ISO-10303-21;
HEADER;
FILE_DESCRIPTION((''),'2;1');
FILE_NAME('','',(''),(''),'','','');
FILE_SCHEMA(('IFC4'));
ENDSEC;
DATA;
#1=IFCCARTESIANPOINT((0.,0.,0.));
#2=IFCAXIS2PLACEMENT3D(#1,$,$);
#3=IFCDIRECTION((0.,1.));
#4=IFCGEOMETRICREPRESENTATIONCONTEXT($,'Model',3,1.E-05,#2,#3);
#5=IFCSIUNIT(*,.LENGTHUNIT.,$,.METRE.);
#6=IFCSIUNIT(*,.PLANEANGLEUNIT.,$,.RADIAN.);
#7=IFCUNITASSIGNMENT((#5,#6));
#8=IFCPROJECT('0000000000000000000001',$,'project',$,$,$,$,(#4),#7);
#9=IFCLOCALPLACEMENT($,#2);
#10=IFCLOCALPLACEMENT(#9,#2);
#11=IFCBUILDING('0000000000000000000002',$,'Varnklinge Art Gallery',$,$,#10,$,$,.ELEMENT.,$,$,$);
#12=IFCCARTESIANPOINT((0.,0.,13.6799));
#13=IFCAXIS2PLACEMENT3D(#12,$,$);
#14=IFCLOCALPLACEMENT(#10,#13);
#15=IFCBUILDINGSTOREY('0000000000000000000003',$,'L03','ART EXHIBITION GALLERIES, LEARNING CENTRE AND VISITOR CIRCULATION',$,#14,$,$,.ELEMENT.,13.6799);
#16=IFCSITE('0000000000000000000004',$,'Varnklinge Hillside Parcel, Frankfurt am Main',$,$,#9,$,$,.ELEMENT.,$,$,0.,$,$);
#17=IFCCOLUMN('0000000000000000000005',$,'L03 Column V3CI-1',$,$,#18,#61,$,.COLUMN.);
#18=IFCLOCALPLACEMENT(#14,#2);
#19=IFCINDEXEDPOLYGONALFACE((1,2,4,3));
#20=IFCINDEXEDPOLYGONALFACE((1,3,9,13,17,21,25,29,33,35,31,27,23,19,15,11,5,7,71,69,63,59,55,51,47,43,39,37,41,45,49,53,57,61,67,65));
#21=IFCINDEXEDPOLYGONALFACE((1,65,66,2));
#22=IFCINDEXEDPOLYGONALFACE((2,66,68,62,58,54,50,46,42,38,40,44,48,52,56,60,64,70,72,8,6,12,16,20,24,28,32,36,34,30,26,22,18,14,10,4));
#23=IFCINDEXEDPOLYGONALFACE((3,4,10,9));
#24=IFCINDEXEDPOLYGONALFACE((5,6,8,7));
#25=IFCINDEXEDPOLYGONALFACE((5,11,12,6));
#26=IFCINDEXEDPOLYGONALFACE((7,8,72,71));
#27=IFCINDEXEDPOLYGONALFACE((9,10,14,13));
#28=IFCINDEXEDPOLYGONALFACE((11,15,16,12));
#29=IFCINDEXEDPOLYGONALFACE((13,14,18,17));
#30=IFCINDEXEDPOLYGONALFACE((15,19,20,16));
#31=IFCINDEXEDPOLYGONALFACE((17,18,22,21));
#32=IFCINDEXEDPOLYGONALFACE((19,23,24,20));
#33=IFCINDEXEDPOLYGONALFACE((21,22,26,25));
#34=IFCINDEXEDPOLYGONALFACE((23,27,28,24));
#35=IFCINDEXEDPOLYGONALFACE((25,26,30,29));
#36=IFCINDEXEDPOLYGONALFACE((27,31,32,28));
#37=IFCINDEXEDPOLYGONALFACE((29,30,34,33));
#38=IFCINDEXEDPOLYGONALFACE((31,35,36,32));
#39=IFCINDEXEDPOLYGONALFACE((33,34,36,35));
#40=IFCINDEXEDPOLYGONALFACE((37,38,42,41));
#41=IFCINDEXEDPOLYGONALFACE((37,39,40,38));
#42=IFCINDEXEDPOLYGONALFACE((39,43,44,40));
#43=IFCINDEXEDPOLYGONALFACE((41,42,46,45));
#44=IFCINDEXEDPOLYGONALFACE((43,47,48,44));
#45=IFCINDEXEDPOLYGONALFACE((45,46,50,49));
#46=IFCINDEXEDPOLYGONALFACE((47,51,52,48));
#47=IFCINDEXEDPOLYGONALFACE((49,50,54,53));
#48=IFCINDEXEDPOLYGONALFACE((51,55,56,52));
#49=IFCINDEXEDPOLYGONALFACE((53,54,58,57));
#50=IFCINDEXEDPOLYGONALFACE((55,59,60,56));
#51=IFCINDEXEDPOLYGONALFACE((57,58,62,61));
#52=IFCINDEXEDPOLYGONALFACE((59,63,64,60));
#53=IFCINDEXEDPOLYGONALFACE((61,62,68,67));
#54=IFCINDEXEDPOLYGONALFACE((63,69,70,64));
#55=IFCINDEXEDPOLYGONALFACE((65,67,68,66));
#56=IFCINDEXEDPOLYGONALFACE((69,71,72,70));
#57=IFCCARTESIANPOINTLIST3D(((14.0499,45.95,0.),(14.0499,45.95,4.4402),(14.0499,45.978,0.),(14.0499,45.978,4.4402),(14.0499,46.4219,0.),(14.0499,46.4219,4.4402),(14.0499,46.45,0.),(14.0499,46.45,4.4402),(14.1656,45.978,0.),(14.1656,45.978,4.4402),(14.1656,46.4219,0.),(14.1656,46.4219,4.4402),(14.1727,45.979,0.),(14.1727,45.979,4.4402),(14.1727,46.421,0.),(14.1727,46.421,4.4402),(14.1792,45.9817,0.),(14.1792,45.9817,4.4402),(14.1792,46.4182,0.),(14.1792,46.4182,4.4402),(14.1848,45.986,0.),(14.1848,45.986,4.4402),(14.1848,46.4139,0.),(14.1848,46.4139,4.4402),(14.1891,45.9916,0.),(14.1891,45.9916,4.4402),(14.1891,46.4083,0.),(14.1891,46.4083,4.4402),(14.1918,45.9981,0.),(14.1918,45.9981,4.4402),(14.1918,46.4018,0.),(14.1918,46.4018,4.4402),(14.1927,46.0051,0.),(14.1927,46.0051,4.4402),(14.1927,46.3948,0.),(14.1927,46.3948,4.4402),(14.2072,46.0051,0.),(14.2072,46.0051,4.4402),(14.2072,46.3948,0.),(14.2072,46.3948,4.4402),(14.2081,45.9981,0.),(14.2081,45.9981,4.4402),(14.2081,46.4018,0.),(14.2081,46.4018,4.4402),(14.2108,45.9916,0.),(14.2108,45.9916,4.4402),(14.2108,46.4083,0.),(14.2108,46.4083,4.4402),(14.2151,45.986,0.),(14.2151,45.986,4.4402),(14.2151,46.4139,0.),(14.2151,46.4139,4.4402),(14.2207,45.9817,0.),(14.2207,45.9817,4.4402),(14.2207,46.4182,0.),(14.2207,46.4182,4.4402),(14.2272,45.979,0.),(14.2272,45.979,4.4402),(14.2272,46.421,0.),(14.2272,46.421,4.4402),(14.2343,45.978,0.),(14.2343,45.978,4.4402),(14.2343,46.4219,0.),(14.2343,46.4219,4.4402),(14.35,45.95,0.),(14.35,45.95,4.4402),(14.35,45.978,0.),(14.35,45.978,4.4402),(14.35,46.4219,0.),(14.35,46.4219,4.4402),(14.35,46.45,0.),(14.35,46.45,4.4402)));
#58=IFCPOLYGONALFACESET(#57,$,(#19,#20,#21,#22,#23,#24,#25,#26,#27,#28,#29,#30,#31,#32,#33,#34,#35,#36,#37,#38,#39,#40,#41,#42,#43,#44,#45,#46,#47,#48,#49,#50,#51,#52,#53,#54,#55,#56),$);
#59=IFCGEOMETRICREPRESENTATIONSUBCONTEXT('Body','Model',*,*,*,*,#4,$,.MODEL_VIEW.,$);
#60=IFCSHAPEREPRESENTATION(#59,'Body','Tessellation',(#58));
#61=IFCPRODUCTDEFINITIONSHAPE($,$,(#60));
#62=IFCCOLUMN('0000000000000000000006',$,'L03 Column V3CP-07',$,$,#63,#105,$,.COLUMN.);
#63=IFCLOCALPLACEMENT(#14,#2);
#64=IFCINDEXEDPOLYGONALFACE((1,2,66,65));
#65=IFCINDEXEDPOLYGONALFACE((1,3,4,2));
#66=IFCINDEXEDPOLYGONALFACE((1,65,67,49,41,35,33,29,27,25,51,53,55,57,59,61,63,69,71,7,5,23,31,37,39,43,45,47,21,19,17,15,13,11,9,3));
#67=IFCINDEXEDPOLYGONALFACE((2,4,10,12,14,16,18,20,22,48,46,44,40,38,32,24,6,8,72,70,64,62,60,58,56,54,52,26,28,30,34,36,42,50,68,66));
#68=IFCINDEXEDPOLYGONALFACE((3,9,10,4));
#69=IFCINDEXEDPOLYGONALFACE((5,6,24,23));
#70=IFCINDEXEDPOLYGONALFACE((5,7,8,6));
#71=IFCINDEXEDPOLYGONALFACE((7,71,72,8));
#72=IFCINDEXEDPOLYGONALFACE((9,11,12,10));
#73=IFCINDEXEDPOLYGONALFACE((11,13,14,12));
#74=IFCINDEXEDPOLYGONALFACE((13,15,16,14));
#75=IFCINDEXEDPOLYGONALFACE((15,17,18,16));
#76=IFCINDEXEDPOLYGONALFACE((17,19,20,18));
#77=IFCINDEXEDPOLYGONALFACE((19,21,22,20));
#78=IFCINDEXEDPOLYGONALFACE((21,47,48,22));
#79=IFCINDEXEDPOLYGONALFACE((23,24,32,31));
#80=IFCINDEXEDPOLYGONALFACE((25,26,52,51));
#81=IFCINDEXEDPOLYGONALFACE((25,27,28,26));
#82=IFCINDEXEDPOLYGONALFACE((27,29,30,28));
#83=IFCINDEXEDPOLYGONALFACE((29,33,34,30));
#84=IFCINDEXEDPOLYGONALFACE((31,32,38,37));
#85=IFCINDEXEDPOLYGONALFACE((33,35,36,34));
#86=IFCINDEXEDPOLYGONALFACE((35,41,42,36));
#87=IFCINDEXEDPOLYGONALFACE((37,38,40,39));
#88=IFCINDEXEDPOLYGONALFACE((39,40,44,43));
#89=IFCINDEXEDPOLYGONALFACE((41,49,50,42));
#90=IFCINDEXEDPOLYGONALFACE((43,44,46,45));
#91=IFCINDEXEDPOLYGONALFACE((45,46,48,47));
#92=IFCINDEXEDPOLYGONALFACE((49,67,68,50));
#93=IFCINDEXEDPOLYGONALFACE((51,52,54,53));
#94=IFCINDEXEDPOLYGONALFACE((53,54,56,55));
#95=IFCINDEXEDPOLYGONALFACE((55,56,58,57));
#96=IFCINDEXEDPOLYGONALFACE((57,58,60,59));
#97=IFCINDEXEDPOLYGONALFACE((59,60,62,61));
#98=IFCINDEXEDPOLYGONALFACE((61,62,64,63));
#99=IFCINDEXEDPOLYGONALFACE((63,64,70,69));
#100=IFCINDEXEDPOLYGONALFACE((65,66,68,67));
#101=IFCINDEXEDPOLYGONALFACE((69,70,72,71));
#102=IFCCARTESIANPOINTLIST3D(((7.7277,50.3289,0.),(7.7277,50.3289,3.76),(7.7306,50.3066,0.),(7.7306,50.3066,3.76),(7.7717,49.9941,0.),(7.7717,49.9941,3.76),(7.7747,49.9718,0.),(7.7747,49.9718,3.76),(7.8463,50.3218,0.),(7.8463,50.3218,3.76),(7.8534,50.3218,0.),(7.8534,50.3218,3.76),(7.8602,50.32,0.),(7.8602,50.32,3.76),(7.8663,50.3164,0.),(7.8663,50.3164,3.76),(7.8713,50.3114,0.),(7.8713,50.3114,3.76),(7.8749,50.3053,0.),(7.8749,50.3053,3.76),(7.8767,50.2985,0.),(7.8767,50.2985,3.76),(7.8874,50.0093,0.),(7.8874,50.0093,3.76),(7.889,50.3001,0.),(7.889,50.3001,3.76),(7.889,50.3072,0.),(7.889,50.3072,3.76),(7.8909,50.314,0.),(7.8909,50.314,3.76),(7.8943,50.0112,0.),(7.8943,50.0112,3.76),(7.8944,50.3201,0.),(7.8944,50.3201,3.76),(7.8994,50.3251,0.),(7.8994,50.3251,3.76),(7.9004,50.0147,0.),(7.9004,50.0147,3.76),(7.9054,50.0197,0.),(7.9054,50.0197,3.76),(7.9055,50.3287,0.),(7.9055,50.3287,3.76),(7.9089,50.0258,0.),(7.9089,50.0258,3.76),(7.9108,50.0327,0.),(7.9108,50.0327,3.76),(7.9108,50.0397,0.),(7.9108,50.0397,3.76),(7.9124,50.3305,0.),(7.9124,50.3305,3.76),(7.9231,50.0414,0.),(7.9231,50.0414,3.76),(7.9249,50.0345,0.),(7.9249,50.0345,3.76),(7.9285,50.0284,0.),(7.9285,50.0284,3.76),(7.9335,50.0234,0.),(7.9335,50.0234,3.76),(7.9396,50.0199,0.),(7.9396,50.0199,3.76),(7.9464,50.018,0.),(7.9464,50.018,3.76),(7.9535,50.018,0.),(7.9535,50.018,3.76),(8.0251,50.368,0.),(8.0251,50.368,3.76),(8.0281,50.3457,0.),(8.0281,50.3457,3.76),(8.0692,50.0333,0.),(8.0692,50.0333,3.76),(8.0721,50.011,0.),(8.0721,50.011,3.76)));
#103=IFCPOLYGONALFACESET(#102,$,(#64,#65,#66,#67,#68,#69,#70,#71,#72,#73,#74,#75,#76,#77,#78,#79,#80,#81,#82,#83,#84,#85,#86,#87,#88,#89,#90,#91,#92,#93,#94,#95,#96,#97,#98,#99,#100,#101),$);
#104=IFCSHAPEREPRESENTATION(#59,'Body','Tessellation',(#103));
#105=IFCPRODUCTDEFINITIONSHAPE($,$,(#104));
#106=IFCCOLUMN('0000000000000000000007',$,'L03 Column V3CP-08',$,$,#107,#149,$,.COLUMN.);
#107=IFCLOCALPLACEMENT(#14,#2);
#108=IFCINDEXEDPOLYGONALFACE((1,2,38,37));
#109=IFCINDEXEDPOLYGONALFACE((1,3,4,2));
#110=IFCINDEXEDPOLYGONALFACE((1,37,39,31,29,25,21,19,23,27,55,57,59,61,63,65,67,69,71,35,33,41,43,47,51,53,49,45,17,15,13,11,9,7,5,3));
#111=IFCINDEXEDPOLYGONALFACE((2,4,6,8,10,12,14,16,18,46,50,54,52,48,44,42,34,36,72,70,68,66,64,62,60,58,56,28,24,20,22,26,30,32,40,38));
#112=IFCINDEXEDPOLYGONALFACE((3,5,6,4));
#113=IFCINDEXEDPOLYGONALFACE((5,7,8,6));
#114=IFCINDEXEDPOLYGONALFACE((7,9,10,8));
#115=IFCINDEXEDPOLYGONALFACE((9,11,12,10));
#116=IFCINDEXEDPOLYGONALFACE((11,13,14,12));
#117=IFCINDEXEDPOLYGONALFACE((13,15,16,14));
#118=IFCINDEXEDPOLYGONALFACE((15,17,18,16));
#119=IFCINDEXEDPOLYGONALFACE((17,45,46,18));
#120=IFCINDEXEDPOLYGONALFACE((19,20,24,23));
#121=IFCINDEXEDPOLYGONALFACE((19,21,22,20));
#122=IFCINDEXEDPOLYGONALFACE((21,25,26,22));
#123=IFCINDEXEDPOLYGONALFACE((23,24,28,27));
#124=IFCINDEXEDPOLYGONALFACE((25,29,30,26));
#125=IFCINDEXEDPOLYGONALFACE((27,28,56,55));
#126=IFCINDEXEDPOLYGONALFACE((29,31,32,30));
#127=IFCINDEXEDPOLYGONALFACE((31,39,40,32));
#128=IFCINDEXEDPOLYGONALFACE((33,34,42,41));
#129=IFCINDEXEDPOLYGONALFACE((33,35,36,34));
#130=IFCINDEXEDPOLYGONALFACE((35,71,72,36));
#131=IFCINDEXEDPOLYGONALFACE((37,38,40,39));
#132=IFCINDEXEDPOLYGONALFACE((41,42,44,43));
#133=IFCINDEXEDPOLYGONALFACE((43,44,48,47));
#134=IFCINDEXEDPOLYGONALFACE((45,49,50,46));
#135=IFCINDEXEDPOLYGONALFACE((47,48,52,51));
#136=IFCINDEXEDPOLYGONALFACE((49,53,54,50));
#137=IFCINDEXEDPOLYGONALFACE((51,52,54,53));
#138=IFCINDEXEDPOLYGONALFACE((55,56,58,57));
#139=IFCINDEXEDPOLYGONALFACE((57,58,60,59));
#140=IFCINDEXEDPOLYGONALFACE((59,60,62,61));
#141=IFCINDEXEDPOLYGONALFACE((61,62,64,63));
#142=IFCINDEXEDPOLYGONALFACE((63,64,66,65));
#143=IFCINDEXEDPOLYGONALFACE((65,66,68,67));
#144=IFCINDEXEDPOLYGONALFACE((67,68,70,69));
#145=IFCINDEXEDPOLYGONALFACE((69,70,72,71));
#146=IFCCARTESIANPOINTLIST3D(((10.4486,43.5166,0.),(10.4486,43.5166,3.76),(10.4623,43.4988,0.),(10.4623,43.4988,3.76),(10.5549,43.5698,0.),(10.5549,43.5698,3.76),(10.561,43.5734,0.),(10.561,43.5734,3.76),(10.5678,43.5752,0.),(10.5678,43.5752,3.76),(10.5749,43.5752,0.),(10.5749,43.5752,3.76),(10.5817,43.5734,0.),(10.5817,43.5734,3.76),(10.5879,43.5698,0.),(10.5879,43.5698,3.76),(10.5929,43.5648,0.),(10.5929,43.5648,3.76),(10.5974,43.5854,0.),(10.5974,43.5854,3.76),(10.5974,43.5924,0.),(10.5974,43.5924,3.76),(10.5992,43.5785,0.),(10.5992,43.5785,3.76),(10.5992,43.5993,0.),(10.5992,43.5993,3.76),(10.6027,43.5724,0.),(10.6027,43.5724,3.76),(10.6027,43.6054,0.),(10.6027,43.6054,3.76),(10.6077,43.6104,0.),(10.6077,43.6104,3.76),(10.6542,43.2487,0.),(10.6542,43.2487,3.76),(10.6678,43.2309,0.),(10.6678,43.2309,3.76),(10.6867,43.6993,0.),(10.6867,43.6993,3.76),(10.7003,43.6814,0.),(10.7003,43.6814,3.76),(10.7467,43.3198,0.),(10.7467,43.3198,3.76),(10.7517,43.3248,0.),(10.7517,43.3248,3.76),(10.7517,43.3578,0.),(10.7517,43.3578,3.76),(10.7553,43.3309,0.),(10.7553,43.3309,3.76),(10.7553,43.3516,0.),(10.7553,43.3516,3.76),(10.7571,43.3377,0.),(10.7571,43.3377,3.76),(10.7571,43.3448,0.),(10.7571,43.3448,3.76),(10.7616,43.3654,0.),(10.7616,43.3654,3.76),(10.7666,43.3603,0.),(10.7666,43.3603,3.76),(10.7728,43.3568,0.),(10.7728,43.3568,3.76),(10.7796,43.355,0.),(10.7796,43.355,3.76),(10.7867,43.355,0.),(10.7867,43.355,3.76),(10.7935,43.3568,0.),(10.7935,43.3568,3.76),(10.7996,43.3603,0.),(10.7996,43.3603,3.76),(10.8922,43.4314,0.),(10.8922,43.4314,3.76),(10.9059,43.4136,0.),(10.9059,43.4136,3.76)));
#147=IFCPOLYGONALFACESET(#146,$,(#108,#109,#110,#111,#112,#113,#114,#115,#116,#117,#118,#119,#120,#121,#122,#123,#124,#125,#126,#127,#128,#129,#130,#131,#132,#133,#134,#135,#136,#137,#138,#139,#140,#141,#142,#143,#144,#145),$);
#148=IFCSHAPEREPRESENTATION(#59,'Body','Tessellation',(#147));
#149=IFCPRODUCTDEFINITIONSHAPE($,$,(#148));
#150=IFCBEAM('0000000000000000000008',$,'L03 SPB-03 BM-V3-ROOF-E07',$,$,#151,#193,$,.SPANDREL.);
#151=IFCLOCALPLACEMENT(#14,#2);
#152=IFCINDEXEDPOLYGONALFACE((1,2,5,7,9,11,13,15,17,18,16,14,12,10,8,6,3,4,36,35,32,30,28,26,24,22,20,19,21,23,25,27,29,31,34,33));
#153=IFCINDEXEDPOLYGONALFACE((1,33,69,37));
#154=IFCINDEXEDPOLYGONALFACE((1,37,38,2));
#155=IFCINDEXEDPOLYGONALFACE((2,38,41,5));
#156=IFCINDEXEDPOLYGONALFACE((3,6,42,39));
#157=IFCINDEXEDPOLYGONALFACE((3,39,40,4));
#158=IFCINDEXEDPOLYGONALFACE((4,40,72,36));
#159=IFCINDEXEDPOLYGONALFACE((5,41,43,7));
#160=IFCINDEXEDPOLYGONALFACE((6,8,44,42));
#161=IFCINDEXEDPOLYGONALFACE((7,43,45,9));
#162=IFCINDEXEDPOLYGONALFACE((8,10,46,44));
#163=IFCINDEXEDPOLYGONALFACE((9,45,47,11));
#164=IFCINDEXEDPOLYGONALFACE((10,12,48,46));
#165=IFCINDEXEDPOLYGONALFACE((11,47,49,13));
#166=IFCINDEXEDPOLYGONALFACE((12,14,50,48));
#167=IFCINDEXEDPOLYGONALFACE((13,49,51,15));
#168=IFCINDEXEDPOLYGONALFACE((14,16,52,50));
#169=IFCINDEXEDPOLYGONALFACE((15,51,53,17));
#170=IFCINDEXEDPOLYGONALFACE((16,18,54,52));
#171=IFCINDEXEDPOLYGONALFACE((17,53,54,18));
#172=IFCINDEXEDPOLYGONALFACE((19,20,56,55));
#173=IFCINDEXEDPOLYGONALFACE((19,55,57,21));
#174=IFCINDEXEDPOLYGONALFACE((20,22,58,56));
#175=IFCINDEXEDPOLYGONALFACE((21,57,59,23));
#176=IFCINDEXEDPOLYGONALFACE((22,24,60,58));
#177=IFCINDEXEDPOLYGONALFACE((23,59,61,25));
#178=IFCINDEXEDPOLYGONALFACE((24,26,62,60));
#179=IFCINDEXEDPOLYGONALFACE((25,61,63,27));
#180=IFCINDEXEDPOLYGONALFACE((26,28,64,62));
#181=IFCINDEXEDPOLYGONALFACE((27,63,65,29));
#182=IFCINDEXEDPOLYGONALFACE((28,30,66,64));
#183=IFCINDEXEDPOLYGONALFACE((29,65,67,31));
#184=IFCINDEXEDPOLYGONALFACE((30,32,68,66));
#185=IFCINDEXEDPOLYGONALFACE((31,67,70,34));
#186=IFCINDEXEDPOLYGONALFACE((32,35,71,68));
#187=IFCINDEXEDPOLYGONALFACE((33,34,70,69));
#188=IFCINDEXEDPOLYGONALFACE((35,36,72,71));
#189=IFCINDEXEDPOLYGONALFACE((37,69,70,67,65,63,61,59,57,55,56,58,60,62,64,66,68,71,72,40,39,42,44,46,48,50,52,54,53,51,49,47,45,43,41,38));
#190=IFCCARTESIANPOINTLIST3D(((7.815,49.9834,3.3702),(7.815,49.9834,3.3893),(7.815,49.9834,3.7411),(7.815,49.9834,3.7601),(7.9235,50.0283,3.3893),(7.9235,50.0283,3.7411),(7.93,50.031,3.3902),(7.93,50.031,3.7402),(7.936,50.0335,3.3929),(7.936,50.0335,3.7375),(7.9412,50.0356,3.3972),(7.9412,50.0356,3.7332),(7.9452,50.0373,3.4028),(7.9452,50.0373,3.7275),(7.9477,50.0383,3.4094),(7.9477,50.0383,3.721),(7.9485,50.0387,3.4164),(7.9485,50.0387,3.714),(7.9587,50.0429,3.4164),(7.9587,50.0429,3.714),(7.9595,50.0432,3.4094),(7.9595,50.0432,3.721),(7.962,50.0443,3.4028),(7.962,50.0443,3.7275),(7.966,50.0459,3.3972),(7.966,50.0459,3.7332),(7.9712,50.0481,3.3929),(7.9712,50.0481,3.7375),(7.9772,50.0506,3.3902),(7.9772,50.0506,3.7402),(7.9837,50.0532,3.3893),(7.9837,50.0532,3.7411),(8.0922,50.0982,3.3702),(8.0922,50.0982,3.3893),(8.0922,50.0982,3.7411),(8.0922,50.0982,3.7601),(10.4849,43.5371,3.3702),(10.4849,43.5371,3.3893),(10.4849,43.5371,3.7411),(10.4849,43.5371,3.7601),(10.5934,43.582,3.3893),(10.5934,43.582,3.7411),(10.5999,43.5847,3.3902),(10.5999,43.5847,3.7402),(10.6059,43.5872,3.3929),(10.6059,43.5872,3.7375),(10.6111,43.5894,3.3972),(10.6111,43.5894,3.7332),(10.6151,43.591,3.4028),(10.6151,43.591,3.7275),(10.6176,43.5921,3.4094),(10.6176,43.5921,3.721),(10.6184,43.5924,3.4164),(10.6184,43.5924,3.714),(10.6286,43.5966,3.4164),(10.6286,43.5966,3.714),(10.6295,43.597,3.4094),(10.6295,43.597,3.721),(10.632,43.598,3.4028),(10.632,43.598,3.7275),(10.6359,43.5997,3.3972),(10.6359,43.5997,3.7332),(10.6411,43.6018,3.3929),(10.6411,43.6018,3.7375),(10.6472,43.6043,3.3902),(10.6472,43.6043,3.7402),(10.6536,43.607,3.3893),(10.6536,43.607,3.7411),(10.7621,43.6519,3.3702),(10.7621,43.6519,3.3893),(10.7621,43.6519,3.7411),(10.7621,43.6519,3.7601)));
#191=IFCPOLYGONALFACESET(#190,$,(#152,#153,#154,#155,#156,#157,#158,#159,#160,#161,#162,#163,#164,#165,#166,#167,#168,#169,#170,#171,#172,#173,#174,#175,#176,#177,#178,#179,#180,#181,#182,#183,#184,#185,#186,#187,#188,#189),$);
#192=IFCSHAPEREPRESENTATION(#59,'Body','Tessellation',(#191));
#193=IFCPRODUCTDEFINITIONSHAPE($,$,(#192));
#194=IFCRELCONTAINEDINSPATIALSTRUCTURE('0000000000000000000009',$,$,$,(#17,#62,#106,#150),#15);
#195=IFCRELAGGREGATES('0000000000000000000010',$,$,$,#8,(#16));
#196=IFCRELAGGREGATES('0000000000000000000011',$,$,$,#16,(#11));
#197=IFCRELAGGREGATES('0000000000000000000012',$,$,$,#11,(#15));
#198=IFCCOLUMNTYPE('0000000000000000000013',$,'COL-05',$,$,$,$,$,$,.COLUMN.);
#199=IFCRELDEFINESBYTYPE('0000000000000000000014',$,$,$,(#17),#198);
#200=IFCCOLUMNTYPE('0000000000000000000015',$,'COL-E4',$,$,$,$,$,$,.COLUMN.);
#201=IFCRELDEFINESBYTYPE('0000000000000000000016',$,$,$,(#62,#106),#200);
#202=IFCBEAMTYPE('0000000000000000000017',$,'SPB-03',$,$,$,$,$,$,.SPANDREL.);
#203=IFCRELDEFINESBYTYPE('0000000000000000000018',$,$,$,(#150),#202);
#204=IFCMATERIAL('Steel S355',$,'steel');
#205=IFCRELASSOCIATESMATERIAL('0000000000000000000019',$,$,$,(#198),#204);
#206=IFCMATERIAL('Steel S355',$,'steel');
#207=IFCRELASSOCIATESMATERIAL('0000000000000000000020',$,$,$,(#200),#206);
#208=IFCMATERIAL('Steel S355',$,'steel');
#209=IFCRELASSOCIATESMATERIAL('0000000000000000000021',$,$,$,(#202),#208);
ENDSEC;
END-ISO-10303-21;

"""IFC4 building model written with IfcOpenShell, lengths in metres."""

from ifc_helpers import new_model, si_unit, direction, frame, origin, origin_2d, place, context, subcontext, project, spatial, i_section, extrude, material, material_profile, profile_set, type_object, element, save


model = new_model("IFC4")

# Units and contexts
model_context = context("Model", 3, precision=1e-05, world=origin(), true_north=direction((0.0, 1.0)))
body_context = subcontext(model_context, "Body", "Model", "MODEL_VIEW")
ifc_project = project(units=[si_unit("LENGTHUNIT", "METRE"), si_unit("PLANEANGLEUNIT", "RADIAN")], contexts=[model_context])

# Site, building, storey
site_placement = place(None, origin())
site = spatial("IfcSite", under=ifc_project, at=site_placement, Name="Varnklinge Hillside Parcel, Frankfurt am Main", CompositionType="ELEMENT", RefElevation=0.0)
building_placement = place(site_placement, origin())
building = spatial("IfcBuilding", under=site, at=building_placement, Name="Varnklinge Art Gallery", CompositionType="ELEMENT")
storey_placement = place(building_placement, frame((0.0, 0.0, 13.6799)))
storey = spatial("IfcBuildingStorey", under=building, at=storey_placement, Name="L03", Description="ART EXHIBITION GALLERIES, LEARNING CENTRE AND VISITOR CIRCULATION", CompositionType="ELEMENT", Elevation=13.6799)

# Columns
ifc_material_1 = material(Name="Steel S355", Category="steel")
ifc_material_profile_1 = material_profile(ifc_material_1, i_section(OverallWidth=0.3, OverallDepth=0.5, WebThickness=0.0144, FlangeThickness=0.0281, FilletRadius=0.0271, at=origin_2d()), Name="HEB 500")
ifc_profile_set_1 = profile_set([ifc_material_profile_1], Name="Steel S355")
column_type_1 = type_object("IfcColumnType", Name="COL-05", PredefinedType="COLUMN", material=ifc_profile_set_1)
column_placement = place(storey_placement, frame((14.2, 46.2, 0.0), z_axis=(0.0, 0.0, 1.0), x_axis=(1.0, 0.0, 0.0)))
element("IfcColumn", 1, at=column_placement, inside=storey, type_object=column_type_1, Name="L03 Column V3CI-1", PredefinedType="COLUMN", context=body_context, shape_type="SweptSolid", body=[
    extrude(i_section(OverallWidth=0.3, OverallDepth=0.5, WebThickness=0.0144, FlangeThickness=0.0281, FilletRadius=0.0271, at=origin_2d()), origin(), (0.0, 0.0, 1.0), 4.4402),
])
ifc_material_2 = material(Name="Steel S355", Category="steel")
ifc_material_profile_2 = material_profile(ifc_material_2, i_section(OverallWidth=0.3, OverallDepth=0.3601, WebThickness=0.0125, FlangeThickness=0.0225, FilletRadius=0.0271, at=origin_2d()), Name="HEB 360")
ifc_profile_set_2 = profile_set([ifc_material_profile_2], Name="Steel S355")
column_type_2 = type_object("IfcColumnType", Name="COL-E4", PredefinedType="COLUMN", material=ifc_profile_set_2)
for number, where, z_axis, x_axis, name in (
    (2, (7.8999, 50.1699, 0.0), (0.0, 0.0, 1.0), (-0.991445, -0.130526, 0.0), "L03 Column V3CP-07"),
    (3, (10.6772, 43.4651, 0.0), (0.0, 0.0, 1.0), (-0.793353, -0.608761, 0.0), "L03 Column V3CP-08"),
):
    element("IfcColumn", number, at=place(storey_placement, frame(where, z_axis=z_axis, x_axis=x_axis)), inside=storey, type_object=column_type_2, Name=name, PredefinedType="COLUMN", context=body_context, shape_type="SweptSolid", body=[
        extrude(i_section(OverallWidth=0.3, OverallDepth=0.3601, WebThickness=0.0125, FlangeThickness=0.0225, FilletRadius=0.0271, at=origin_2d()), origin(), (0.0, 0.0, 1.0), 3.76),
    ])

# Beam
ifc_material_3 = material(Name="Steel S355", Category="steel")
ifc_material_profile_3 = material_profile(ifc_material_3, i_section(OverallWidth=0.3, OverallDepth=0.3899, WebThickness=0.011, FlangeThickness=0.019, FilletRadius=0.0271, at=origin_2d()), Name="HEA 400")
ifc_profile_set_3 = profile_set([ifc_material_profile_3], Name="Steel S355")
beam_type = type_object("IfcBeamType", Name="SPB-03", PredefinedType="SPANDREL", material=ifc_profile_set_3)
for number, where, z_axis, x_axis, name in (
    (4, (7.9536, 50.0408, 3.5652), (0.382657, -0.923891, 0.0), (0.923891, 0.382657, 0.0), "L03 SPB-03 BM-V3-ROOF-E07"),
):
    element("IfcBeam", number, at=place(storey_placement, frame(where, z_axis=z_axis, x_axis=x_axis)), inside=storey, type_object=beam_type, Name=name, PredefinedType="SPANDREL", context=body_context, shape_type="SweptSolid", body=[
        extrude(i_section(OverallWidth=0.3, OverallDepth=0.3899, WebThickness=0.011, FlangeThickness=0.019, FilletRadius=0.0271, at=origin_2d()), origin(), (0.0, 0.0, 1.0), 6.9773),
    ])

save(model, "model.ifc")
